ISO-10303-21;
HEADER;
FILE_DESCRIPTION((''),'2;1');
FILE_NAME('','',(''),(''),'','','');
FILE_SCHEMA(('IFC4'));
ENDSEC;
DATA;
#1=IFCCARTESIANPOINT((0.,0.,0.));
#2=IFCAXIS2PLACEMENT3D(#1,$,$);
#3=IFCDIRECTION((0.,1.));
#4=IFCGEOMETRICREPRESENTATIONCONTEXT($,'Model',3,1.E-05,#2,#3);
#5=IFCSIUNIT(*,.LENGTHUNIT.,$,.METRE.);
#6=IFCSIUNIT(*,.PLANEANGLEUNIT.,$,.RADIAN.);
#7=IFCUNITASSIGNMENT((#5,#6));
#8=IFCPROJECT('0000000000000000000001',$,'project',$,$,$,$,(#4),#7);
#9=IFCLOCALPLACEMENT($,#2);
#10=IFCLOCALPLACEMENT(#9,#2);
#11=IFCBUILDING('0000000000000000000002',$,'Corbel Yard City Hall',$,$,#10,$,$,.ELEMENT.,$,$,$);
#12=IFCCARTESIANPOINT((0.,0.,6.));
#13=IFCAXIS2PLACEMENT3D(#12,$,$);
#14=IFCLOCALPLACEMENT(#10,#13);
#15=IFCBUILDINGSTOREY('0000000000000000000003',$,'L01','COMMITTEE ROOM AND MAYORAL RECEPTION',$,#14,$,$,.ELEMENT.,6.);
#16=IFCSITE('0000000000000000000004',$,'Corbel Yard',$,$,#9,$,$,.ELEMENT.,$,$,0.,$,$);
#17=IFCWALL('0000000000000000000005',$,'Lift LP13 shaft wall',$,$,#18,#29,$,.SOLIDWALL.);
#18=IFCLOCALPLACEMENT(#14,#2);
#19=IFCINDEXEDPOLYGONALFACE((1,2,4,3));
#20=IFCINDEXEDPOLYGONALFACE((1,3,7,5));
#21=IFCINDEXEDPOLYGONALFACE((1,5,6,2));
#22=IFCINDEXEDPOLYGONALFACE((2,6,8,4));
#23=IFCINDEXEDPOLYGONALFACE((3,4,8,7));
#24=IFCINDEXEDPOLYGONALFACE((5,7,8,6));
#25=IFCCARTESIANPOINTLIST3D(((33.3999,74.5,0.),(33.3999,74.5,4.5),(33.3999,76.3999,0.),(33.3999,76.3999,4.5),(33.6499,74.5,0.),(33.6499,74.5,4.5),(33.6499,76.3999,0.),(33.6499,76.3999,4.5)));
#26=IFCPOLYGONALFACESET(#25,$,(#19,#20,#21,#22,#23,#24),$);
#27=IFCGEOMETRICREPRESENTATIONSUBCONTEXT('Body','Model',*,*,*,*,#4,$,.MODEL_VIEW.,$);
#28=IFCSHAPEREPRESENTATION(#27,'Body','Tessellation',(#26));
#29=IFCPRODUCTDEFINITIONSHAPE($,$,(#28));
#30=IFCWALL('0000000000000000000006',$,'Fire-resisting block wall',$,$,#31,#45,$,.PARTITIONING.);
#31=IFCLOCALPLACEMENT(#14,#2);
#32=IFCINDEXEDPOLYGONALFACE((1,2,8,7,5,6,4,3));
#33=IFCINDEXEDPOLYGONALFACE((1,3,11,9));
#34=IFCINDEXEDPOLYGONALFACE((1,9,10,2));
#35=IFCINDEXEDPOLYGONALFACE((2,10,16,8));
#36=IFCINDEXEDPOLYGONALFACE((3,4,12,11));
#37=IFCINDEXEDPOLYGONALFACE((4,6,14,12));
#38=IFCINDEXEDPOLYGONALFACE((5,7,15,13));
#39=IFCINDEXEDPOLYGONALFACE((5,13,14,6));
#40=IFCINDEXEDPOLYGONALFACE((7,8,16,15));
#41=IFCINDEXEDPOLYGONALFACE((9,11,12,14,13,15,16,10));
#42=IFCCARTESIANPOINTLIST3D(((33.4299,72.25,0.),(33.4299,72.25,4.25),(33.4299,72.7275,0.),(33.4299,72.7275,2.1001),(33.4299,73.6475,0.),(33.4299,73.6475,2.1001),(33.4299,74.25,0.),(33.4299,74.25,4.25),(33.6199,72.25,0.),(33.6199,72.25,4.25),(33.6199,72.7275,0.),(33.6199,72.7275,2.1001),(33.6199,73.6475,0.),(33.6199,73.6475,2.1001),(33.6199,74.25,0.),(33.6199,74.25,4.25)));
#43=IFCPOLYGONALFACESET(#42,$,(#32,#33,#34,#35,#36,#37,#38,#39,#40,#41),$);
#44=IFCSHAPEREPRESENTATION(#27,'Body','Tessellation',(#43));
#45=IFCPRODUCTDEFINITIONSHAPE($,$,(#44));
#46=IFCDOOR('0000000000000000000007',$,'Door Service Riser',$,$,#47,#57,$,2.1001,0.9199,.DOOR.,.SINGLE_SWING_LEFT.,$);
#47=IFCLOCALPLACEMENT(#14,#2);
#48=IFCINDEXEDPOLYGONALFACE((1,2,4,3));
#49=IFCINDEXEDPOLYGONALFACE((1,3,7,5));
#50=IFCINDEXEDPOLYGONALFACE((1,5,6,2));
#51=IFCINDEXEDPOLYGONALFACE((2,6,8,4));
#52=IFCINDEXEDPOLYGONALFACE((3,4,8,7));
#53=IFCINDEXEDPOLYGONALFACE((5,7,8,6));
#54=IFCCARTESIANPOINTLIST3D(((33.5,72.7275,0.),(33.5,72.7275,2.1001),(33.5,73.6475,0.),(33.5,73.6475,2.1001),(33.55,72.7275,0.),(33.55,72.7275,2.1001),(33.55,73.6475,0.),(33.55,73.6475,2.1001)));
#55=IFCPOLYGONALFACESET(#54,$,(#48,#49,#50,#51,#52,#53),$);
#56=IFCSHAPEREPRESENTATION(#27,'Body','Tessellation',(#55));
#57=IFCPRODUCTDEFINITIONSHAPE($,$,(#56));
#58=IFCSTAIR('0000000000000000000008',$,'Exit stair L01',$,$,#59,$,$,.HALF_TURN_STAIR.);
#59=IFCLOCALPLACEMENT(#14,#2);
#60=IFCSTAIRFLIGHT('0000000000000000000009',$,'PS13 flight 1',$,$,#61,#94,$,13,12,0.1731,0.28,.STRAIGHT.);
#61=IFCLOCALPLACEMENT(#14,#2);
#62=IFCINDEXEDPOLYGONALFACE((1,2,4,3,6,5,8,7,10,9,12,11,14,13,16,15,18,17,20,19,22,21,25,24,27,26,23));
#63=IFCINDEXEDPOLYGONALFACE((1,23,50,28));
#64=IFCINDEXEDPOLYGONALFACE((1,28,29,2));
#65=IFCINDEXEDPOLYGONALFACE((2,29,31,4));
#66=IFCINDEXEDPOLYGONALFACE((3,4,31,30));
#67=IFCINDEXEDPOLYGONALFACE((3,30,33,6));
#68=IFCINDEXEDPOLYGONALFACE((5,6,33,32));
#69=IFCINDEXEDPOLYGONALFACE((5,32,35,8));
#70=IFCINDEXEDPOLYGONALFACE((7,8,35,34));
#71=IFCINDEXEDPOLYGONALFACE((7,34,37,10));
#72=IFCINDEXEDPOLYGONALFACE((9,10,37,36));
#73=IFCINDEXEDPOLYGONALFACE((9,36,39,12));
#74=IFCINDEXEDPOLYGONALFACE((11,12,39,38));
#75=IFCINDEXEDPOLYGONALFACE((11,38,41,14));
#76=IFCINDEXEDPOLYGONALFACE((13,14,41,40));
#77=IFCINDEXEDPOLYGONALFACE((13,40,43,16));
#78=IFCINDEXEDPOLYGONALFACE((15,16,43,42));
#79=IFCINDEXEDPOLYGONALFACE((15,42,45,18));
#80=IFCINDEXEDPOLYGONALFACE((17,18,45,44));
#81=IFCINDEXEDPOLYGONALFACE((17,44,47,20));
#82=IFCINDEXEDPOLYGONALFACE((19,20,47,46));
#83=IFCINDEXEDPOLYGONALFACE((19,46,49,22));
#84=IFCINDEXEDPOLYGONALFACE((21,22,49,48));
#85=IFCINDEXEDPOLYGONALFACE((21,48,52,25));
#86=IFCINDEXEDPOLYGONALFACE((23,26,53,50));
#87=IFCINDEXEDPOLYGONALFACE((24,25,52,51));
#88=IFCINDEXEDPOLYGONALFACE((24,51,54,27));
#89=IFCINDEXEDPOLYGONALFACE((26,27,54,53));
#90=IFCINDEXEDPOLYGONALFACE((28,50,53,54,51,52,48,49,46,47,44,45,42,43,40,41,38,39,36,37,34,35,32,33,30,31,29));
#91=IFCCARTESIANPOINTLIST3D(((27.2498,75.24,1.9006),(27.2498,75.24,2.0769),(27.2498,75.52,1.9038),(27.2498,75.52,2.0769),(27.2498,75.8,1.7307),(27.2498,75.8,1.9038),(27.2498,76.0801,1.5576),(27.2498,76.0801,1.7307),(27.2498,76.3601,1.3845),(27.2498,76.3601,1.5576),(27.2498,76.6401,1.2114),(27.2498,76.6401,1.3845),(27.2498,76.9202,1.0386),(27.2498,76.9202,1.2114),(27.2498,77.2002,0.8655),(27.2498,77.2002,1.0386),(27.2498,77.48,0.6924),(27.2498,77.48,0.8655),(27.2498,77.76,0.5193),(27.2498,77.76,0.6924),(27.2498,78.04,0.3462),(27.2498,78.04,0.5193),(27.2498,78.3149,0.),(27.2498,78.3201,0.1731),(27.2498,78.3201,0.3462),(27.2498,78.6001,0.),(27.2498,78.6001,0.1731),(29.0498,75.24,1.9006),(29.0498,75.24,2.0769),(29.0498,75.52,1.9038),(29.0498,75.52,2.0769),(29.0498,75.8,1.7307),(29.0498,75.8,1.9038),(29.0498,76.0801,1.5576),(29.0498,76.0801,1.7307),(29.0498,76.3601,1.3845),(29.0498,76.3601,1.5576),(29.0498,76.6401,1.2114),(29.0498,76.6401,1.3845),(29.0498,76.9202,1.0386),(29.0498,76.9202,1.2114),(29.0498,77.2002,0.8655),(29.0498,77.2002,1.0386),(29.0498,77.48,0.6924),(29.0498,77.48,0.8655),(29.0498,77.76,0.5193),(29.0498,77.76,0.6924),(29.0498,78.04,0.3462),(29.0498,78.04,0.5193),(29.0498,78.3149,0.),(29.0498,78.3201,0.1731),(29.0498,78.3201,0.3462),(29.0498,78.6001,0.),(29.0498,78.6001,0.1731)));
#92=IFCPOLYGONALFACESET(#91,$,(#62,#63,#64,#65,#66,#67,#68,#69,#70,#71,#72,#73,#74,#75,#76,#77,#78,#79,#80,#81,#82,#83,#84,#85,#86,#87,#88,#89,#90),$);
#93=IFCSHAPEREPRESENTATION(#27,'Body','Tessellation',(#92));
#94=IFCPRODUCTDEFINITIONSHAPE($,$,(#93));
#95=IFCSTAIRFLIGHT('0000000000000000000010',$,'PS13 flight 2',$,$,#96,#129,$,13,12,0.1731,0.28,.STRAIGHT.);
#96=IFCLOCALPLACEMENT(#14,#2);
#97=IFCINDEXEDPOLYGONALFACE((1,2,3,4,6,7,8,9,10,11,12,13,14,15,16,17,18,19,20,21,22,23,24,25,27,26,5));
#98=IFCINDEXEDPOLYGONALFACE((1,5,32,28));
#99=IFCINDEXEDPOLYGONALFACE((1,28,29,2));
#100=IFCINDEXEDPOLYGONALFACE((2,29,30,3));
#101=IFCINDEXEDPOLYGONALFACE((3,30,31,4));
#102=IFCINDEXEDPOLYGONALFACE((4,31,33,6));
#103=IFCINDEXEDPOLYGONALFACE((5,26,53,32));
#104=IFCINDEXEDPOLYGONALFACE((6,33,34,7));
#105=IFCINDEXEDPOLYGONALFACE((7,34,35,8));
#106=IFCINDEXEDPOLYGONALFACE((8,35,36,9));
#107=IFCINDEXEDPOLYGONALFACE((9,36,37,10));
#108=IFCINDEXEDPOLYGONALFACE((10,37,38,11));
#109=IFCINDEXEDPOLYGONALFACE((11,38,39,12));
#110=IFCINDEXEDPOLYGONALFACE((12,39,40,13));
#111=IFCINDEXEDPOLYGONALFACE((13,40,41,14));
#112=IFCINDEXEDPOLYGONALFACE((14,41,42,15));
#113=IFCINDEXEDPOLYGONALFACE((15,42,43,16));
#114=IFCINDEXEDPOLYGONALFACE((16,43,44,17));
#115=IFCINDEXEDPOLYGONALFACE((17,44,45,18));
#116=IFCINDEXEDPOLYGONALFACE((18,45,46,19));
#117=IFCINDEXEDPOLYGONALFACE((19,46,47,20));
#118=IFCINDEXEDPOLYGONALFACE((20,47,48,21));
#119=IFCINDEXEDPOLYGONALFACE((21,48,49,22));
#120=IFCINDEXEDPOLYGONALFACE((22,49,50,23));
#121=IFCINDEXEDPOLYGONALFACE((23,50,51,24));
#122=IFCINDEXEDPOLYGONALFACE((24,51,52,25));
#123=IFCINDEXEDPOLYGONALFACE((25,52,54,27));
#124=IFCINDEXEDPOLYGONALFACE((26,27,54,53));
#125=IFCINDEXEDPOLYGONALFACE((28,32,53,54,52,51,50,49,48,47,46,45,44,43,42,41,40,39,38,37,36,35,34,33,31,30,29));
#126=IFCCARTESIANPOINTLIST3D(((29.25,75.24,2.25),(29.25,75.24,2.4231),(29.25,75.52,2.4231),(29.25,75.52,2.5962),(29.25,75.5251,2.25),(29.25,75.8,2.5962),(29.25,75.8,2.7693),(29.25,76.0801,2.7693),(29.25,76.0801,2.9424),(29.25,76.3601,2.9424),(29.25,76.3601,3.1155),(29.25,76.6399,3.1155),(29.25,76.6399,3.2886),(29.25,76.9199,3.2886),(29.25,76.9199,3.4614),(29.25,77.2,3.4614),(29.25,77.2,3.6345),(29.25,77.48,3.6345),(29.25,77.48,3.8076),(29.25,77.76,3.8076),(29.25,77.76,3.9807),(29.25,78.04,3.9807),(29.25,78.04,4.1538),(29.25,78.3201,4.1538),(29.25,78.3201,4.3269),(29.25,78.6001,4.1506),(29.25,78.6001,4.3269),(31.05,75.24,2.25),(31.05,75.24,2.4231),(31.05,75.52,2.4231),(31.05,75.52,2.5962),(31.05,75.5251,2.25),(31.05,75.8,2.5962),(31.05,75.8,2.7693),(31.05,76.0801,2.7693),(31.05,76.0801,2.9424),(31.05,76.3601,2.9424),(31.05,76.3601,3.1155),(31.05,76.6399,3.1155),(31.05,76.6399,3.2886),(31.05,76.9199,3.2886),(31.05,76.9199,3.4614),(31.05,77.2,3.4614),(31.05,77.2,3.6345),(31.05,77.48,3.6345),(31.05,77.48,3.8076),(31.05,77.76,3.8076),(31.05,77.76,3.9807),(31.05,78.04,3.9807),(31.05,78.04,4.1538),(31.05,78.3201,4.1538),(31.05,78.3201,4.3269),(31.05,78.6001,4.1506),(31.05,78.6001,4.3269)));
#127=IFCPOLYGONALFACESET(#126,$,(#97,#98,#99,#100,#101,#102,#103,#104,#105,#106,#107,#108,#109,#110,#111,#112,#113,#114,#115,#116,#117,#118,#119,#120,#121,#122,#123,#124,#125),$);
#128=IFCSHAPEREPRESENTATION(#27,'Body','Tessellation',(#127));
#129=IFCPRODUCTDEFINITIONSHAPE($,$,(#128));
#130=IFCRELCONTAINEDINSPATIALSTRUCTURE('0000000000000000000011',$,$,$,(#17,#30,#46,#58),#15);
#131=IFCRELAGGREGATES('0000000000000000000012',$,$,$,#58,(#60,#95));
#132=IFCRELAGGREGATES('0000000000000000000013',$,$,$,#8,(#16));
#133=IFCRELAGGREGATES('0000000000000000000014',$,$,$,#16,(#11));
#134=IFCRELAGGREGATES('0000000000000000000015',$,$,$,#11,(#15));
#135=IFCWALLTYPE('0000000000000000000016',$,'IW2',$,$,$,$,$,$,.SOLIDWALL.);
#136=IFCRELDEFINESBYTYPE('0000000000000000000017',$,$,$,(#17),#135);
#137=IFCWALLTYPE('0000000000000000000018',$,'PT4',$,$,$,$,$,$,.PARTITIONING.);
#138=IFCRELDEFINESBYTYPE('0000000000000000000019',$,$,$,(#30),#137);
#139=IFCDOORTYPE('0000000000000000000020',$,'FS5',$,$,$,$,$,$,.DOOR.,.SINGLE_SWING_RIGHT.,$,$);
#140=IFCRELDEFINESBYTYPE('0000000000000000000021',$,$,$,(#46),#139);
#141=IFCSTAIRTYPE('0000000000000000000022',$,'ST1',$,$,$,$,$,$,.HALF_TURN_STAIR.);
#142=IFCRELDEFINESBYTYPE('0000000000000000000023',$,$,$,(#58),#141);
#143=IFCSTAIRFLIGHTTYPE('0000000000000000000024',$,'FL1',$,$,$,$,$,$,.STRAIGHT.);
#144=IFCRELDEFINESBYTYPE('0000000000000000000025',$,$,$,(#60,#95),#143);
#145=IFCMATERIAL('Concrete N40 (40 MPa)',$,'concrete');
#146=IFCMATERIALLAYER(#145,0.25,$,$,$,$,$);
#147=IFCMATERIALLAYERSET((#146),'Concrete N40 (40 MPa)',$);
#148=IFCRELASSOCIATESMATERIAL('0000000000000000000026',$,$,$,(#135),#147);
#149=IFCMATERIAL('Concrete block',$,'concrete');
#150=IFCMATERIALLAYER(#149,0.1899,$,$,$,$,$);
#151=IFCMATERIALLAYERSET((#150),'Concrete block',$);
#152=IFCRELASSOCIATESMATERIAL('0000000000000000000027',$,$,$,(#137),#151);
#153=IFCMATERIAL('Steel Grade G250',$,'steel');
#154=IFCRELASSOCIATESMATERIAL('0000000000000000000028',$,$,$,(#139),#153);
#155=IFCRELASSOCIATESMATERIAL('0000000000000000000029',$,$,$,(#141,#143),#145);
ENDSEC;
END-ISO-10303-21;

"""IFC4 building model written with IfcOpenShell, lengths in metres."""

from ifc_helpers import new_model, si_unit, direction, frame, frame_2d, origin, place, context, subcontext, project, spatial, polyline, rectangle, outline, extrude, material, layer, layer_set, type_object, element, fill, aggregate, save


model = new_model("IFC4")

# Units and contexts
model_context = context("Model", 3, precision=1e-05, world=origin(), true_north=direction((0.0, 1.0)))
body_context = subcontext(model_context, "Body", "Model", "MODEL_VIEW")
ifc_project = project(units=[si_unit("LENGTHUNIT", "METRE"), si_unit("PLANEANGLEUNIT", "RADIAN")], contexts=[model_context])

# Site, building, storey
site_placement = place(None, origin())
site = spatial("IfcSite", under=ifc_project, at=site_placement, Name="Corbel Yard", CompositionType="ELEMENT", RefElevation=0.0)
building_placement = place(site_placement, origin())
building = spatial("IfcBuilding", under=site, at=building_placement, Name="Corbel Yard City Hall", CompositionType="ELEMENT")
storey_placement = place(building_placement, frame((0.0, 0.0, 6.0)))
storey = spatial("IfcBuildingStorey", under=building, at=storey_placement, Name="L01", Description="COMMITTEE ROOM AND MAYORAL RECEPTION", CompositionType="ELEMENT", Elevation=6.0)

# Shared definitions
ifc_material_1 = material(Name="Steel Grade G250", Category="steel")
ifc_material_2 = material(Name="Concrete N40 (40 MPa)", Category="concrete")
ifc_layer_1 = layer(ifc_material_2, 0.25)
ifc_layer_set_1 = layer_set([ifc_layer_1], Name="Concrete N40 (40 MPa)")
wall_type_1 = type_object("IfcWallType", Name="IW2", PredefinedType="SOLIDWALL", material=ifc_layer_set_1)

# Wall
wall_1_placement = place(storey_placement, frame((33.5249, 74.5, 0.0), z_axis=(0.0, 0.0, 1.0), x_axis=(0.0, 1.0, 0.0)))
element("IfcWall", 1, at=wall_1_placement, inside=storey, type_object=wall_type_1, Name="Lift LP13 shaft wall", PredefinedType="SOLIDWALL", context=body_context, shape_type="SweptSolid", body=[
    extrude(rectangle(XDim=1.8999, YDim=0.25, at=frame_2d((0.95, 0.0))), origin(), (0.0, 0.0, 1.0), 4.5),
])

# Wall, opening, door
ifc_material_3 = material(Name="Concrete block", Category="concrete")
ifc_layer_2 = layer(ifc_material_3, 0.1899)
ifc_layer_set_2 = layer_set([ifc_layer_2], Name="Concrete block")
wall_type_2 = type_object("IfcWallType", Name="PT4", PredefinedType="PARTITIONING", material=ifc_layer_set_2)
wall_2_placement = place(storey_placement, frame((33.5249, 72.25, 0.0), z_axis=(0.0, 0.0, 1.0), x_axis=(0.0, 1.0, 0.0)))
wall_2 = element("IfcWall", 2, at=wall_2_placement, inside=storey, type_object=wall_type_2, Name="Fire-resisting block wall", PredefinedType="PARTITIONING", context=body_context, shape_type="SweptSolid", body=[
    extrude(rectangle(XDim=2.0, YDim=0.1899, at=frame_2d((1.0, 0.0))), origin(), (0.0, 0.0, 1.0), 4.25),
])
opening_1_placement = place(wall_2_placement, frame((0.4775, 0.0, 0.0)))
opening_1 = element("IfcOpeningElement", 3, at=opening_1_placement, cuts=wall_2, PredefinedType="OPENING", context=body_context, shape_type="SweptSolid", body=[
    extrude(rectangle(XDim=0.9199, YDim=2.1001, at=frame_2d((0.46, 1.05))), frame((0.0, 0.105, 0.0), z_axis=(0.0, -1.0, 0.0), x_axis=(1.0, 0.0, 0.0)), (0.0, 0.0, 1.0), 0.21),
])
door_type_1 = type_object("IfcDoorType", Name="FS5", OperationType="SINGLE_SWING_RIGHT", PredefinedType="DOOR", material=ifc_material_1)
door_1_placement = place(opening_1_placement, origin())
door_1 = element("IfcDoor", 4, at=door_1_placement, inside=storey, type_object=door_type_1, Name="Door Service Riser", OperationType="SINGLE_SWING_LEFT", OverallHeight=2.1001, OverallWidth=0.9199, PredefinedType="DOOR", context=body_context, shape_type="SweptSolid", body=[
    extrude(rectangle(XDim=0.9199, YDim=2.1001, at=frame_2d((0.46, 1.05))), frame((0.0, 0.0249, 0.0), z_axis=(0.0, -1.0, 0.0), x_axis=(1.0, 0.0, 0.0)), (0.0, 0.0, 1.0), 0.05),
])
fill(opening_1, door_1)

# Stair, stair flights
stair_type = type_object("IfcStairType", Name="ST1", PredefinedType="HALF_TURN_STAIR", material=ifc_material_2)
stair_placement = place(storey_placement, origin())
stair = element("IfcStair", 5, at=stair_placement, inside=storey, type_object=stair_type, Name="Exit stair L01", PredefinedType="HALF_TURN_STAIR")
stair_flight_type = type_object("IfcStairFlightType", Name="FL1", PredefinedType="STRAIGHT", material=ifc_material_2)
stair_flight_1_placement = place(storey_placement, frame((28.1499, 78.6001, 0.0), z_axis=(0.0, 0.0, 1.0), x_axis=(0.0, -1.0, 0.0)))
stair_flight_1 = element("IfcStairFlight", 6, at=stair_flight_1_placement, type_object=stair_flight_type, Name="PS13 flight 1", NumberOfRisers=13, NumberOfTreads=12, PredefinedType="STRAIGHT", RiserHeight=0.1731, TreadLength=0.28, context=body_context, shape_type="SweptSolid", body=[
    extrude(outline(polyline([(0.0, 0.0), (0.0, 0.1731), (0.28, 0.1731), (0.28, 0.3462), (0.5601, 0.3462), (0.5601, 0.5193), (0.8401, 0.5193), (0.8401, 0.6924), (1.1201, 0.6924), (1.1201, 0.8655), (1.3999, 0.8655), (1.3999, 1.0386), (1.6799, 1.0386), (1.6799, 1.2114), (1.96, 1.2114), (1.96, 1.3845), (2.24, 1.3845), (2.24, 1.5576), (2.52, 1.5576), (2.52, 1.7307), (2.8, 1.7307), (2.8, 1.9038), (3.0801, 1.9038), (3.0801, 2.0769), (3.3601, 2.0769), (3.3601, 2.25), (3.3601, 1.9006), (0.2852, 0.0), (0.0, 0.0)])), frame((0.0, 0.8999, 0.0), z_axis=(0.0, -1.0, 0.0), x_axis=(1.0, 0.0, 0.0)), (0.0, 0.0, 1.0), 1.8),
])
stair_flight_2_placement = place(storey_placement, frame((30.1499, 75.24, 2.25), z_axis=(0.0, 0.0, 1.0), x_axis=(0.0, 1.0, 0.0)))
stair_flight_2 = element("IfcStairFlight", 7, at=stair_flight_2_placement, type_object=stair_flight_type, Name="PS13 flight 2", NumberOfRisers=13, NumberOfTreads=12, PredefinedType="STRAIGHT", RiserHeight=0.1731, TreadLength=0.28, context=body_context, shape_type="SweptSolid", body=[
    extrude(outline(polyline([(0.0, 0.0), (0.0, 0.1731), (0.28, 0.1731), (0.28, 0.3462), (0.5601, 0.3462), (0.5601, 0.5193), (0.8401, 0.5193), (0.8401, 0.6924), (1.1201, 0.6924), (1.1201, 0.8655), (1.3999, 0.8655), (1.3999, 1.0386), (1.6799, 1.0386), (1.6799, 1.2114), (1.96, 1.2114), (1.96, 1.3845), (2.24, 1.3845), (2.24, 1.5576), (2.52, 1.5576), (2.52, 1.7307), (2.8, 1.7307), (2.8, 1.9038), (3.0801, 1.9038), (3.0801, 2.0769), (3.3601, 2.0769), (3.3601, 2.25), (3.3601, 1.9006), (0.2852, 0.0), (0.0, 0.0)])), frame((0.0, 0.8999, 0.0), z_axis=(0.0, -1.0, 0.0), x_axis=(1.0, 0.0, 0.0)), (0.0, 0.0, 1.0), 1.8),
])
aggregate(stair, [stair_flight_1, stair_flight_2])

save(model, "model.ifc")
